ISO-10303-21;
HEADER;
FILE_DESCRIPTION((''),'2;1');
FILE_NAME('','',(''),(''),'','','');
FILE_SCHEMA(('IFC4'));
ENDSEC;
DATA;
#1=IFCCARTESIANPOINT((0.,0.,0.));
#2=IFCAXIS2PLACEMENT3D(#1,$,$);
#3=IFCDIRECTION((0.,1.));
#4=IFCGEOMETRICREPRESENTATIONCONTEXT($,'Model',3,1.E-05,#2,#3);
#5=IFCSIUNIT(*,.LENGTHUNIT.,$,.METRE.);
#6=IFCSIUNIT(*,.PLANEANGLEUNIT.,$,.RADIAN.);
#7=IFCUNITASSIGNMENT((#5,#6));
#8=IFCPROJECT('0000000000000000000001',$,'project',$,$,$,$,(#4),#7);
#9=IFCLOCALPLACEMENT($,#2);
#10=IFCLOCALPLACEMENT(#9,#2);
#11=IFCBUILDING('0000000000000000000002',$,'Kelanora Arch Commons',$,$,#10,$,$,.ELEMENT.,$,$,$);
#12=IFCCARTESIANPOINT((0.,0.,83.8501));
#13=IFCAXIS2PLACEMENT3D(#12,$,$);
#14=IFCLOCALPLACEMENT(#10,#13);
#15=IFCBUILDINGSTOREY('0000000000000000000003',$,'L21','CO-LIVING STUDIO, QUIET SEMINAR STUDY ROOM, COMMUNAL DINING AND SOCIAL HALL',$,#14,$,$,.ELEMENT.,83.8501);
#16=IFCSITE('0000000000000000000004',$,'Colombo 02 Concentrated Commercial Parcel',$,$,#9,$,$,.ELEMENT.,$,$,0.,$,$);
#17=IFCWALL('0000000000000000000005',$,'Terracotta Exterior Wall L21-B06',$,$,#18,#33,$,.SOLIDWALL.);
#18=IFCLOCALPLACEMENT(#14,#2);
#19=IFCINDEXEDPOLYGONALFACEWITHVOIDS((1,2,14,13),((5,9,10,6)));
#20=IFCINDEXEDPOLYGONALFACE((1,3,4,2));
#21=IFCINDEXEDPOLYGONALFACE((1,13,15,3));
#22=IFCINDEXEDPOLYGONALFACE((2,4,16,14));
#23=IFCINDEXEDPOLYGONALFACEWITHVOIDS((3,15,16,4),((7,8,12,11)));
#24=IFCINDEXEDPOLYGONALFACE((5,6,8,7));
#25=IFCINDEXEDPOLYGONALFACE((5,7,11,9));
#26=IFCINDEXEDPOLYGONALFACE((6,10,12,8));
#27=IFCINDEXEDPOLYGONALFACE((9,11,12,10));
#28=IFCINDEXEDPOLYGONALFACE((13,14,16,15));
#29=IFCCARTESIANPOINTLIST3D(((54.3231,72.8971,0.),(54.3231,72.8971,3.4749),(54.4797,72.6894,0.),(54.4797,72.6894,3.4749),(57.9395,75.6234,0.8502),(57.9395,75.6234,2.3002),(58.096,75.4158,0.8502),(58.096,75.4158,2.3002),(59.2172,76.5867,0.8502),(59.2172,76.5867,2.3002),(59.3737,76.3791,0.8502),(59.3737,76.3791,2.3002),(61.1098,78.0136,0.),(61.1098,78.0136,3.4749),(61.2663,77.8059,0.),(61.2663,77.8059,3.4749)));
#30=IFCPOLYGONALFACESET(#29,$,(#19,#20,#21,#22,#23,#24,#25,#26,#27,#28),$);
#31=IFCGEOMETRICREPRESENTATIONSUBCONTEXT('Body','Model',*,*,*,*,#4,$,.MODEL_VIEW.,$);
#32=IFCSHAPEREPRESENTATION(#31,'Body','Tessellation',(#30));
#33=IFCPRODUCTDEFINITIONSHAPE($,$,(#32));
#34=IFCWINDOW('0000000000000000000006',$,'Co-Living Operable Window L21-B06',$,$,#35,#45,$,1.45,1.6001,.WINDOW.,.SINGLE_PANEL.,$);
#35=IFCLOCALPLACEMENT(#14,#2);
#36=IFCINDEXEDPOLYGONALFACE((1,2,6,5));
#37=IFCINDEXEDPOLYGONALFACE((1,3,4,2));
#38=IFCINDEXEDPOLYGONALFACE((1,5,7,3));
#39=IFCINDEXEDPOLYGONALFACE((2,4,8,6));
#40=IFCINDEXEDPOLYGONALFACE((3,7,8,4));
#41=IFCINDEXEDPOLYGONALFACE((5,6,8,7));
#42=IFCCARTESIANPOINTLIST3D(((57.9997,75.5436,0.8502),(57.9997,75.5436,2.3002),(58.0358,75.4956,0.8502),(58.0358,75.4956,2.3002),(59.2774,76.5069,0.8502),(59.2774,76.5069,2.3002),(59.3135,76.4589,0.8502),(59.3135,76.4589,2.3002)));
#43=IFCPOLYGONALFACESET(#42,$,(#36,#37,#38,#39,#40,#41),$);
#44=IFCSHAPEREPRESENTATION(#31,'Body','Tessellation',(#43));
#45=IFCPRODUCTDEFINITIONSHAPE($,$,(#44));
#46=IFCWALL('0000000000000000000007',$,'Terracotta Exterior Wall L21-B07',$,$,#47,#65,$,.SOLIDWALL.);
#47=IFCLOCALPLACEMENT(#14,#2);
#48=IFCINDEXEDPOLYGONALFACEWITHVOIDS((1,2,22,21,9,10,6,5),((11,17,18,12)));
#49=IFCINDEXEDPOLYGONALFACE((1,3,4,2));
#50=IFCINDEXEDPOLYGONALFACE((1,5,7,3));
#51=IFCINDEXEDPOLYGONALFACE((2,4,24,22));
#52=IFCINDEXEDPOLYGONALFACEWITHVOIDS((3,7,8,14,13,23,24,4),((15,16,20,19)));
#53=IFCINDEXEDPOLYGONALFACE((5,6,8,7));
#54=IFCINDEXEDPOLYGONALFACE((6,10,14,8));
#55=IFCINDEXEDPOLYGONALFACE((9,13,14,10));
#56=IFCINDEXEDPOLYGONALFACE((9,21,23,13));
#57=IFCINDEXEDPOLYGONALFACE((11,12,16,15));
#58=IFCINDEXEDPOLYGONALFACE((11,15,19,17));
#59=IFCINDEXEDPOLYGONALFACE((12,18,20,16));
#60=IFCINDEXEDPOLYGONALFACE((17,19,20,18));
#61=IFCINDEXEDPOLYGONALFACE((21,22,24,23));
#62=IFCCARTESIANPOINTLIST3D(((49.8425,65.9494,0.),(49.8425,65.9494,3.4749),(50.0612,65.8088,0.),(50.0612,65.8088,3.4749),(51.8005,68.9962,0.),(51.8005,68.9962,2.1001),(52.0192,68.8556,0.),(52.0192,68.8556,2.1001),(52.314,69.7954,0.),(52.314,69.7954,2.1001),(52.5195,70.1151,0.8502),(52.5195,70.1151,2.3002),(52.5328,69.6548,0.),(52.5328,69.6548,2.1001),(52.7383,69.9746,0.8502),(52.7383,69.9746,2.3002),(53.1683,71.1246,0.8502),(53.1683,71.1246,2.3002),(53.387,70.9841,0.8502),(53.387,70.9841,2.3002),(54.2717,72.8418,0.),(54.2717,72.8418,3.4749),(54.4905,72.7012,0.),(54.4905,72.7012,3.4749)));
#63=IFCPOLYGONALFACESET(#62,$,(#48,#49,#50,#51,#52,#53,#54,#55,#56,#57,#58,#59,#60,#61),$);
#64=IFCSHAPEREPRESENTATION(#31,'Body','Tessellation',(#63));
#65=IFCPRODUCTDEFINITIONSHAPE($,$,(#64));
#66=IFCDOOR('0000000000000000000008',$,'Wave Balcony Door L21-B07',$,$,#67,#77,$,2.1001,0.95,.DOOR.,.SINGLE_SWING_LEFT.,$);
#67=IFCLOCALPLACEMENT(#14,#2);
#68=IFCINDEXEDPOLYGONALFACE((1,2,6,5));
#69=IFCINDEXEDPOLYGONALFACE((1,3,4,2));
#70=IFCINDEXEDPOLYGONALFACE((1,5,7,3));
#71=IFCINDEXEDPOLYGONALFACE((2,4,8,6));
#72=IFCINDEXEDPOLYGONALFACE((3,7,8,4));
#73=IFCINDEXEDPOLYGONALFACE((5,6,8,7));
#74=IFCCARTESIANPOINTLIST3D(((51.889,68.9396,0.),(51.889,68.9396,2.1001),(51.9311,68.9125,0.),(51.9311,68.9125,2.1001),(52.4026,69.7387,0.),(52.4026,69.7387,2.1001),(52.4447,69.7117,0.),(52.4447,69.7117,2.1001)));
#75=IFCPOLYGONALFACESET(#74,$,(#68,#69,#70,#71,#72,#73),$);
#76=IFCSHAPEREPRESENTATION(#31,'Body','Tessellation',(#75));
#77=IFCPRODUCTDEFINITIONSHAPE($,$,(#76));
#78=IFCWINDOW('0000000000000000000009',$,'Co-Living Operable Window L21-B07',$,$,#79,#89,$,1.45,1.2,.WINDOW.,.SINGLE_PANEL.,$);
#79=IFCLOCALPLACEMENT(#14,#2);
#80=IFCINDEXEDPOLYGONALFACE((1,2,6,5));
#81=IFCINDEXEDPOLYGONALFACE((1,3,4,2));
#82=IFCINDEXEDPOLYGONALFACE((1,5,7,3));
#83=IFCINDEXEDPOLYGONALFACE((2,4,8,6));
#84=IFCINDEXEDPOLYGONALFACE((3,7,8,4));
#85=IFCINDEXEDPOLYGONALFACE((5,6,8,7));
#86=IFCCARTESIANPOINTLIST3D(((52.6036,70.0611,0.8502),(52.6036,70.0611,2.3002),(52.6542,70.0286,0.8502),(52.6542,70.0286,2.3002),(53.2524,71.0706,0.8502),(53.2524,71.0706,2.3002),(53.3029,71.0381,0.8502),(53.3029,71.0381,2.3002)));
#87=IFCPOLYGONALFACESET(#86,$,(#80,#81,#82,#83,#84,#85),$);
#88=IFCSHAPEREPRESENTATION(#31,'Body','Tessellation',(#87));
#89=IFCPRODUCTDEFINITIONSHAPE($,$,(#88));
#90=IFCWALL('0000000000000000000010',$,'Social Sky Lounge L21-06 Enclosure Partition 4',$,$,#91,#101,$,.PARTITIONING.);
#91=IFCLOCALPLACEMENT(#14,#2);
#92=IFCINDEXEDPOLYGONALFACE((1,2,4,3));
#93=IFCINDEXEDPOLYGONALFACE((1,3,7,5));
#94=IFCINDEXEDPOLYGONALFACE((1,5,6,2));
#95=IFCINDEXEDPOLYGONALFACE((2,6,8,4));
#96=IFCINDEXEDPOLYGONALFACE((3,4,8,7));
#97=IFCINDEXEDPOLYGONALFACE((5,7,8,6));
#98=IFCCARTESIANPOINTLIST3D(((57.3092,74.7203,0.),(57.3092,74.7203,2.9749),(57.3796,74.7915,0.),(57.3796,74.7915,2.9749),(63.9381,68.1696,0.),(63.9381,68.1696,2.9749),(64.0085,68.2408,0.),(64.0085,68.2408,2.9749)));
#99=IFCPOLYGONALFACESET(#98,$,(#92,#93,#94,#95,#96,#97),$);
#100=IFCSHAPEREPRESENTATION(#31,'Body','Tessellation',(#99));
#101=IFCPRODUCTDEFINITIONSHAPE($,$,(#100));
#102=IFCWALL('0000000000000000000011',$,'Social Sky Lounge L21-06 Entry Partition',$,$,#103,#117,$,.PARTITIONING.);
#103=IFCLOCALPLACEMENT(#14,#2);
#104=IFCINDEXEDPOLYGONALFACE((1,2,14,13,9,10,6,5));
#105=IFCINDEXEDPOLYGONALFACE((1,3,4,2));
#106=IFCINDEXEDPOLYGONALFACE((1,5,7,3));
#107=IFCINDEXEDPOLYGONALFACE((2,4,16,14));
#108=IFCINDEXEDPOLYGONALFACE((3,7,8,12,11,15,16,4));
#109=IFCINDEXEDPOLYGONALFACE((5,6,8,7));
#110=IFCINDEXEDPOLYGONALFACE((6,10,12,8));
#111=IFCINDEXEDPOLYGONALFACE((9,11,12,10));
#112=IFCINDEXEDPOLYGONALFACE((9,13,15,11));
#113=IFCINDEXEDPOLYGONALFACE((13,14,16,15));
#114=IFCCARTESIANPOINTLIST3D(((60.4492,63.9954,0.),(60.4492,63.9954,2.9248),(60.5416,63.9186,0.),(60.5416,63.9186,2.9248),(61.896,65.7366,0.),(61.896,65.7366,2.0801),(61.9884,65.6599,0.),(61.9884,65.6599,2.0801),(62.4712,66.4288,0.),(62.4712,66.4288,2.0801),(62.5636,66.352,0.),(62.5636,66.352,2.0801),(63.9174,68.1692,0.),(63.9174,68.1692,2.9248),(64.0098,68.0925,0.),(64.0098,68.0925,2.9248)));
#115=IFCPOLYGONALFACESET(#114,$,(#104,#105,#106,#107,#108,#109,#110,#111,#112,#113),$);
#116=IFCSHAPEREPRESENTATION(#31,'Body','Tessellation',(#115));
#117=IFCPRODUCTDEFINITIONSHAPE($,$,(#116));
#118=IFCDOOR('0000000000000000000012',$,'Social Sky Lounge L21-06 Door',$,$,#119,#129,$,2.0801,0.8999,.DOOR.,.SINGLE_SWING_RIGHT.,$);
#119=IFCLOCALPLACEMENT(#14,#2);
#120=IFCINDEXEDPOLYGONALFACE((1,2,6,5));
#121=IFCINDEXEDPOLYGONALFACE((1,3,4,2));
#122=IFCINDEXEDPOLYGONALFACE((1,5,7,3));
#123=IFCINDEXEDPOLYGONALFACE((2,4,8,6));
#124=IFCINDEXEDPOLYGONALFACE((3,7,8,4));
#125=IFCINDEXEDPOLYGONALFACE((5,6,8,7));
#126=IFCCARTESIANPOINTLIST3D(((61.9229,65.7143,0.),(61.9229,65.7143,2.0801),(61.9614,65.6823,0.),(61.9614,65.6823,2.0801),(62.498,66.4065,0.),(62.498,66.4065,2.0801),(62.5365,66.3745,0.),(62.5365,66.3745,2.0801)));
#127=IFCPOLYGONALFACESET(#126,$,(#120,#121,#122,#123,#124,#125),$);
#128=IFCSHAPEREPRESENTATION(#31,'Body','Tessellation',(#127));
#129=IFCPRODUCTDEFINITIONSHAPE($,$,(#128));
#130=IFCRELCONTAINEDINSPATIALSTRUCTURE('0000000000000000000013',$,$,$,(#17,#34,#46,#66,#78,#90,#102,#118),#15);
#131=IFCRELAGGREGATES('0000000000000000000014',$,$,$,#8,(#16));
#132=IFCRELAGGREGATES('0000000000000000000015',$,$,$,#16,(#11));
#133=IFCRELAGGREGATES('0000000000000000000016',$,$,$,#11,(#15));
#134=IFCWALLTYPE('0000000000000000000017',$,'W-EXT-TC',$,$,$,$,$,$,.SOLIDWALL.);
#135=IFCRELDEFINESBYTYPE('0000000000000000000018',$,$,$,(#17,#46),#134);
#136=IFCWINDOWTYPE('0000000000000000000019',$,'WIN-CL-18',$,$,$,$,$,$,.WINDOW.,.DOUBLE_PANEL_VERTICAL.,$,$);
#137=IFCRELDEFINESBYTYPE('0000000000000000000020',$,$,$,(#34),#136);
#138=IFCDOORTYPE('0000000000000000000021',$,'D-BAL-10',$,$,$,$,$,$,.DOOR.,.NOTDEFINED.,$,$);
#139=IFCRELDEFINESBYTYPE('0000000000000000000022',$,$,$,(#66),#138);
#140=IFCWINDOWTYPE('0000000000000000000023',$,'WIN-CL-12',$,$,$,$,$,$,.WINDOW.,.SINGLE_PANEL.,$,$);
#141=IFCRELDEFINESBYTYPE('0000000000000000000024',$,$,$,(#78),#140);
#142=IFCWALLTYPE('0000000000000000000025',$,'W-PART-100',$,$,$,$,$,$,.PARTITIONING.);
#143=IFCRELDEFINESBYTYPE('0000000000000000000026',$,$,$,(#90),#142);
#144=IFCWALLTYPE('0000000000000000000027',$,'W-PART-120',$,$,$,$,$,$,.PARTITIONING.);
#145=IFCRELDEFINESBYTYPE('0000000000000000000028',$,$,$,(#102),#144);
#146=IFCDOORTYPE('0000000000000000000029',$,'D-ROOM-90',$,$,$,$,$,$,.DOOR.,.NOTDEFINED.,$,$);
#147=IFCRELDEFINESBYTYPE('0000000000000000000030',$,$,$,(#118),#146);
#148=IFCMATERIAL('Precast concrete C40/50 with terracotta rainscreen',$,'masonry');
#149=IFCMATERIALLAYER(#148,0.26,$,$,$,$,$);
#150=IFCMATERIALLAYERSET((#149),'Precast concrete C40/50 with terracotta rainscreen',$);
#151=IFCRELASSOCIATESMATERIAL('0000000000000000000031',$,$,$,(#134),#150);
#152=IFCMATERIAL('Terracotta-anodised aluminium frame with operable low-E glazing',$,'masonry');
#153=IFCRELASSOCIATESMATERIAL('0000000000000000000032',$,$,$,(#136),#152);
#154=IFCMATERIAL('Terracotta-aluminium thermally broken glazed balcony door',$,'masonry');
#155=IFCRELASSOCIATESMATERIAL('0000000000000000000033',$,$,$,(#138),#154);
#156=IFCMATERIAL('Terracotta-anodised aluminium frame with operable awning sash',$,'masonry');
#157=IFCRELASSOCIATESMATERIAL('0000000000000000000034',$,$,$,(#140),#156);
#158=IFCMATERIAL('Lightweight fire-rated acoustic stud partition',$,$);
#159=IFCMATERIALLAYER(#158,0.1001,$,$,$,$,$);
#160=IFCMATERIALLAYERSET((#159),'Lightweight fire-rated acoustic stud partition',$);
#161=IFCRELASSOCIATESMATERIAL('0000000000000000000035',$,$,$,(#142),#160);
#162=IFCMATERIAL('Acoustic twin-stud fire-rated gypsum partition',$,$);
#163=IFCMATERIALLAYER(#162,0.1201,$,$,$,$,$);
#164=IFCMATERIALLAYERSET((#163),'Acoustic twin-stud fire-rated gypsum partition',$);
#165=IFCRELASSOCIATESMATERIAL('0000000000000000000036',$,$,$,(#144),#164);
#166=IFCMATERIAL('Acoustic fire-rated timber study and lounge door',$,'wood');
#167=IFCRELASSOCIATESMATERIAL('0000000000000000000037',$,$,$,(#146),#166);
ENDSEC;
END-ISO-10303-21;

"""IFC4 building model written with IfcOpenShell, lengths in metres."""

from ifc_helpers import new_model, si_unit, direction, frame, frame_2d, origin, place, context, subcontext, project, spatial, rectangle, extrude, material, layer, layer_set, type_object, element, fill, save


model = new_model("IFC4")

# Units and contexts
model_context = context("Model", 3, precision=1e-05, world=origin(), true_north=direction((0.0, 1.0)))
body_context = subcontext(model_context, "Body", "Model", "MODEL_VIEW")
ifc_project = project(units=[si_unit("LENGTHUNIT", "METRE"), si_unit("PLANEANGLEUNIT", "RADIAN")], contexts=[model_context])

# Site, building, storey
site_placement = place(None, origin())
site = spatial("IfcSite", under=ifc_project, at=site_placement, Name="Colombo 02 Concentrated Commercial Parcel", CompositionType="ELEMENT", RefElevation=0.0)
building_placement = place(site_placement, origin())
building = spatial("IfcBuilding", under=site, at=building_placement, Name="Kelanora Arch Commons", CompositionType="ELEMENT")
storey_placement = place(building_placement, frame((0.0, 0.0, 83.8501)))
storey = spatial("IfcBuildingStorey", under=building, at=storey_placement, Name="L21", Description="CO-LIVING STUDIO, QUIET SEMINAR STUDY ROOM, COMMUNAL DINING AND SOCIAL HALL", CompositionType="ELEMENT", Elevation=83.8501)

# Wall, opening, window
ifc_material_1 = material(Name="Precast concrete C40/50 with terracotta rainscreen", Category="masonry")
ifc_layer_1 = layer(ifc_material_1, 0.26)
ifc_layer_set_1 = layer_set([ifc_layer_1], Name="Precast concrete C40/50 with terracotta rainscreen")
wall_type_1 = type_object("IfcWallType", Name="W-EXT-TC", PredefinedType="SOLIDWALL", material=ifc_layer_set_1)
wall_1_placement = place(storey_placement, frame((61.188, 77.9097, 0.0), z_axis=(0.0, 0.0, 1.0), x_axis=(-0.798502, -0.601993, 0.0)))
wall_1 = element("IfcWall", 1, at=wall_1_placement, inside=storey, type_object=wall_type_1, Name="Terracotta Exterior Wall L21-B06", PredefinedType="SOLIDWALL", context=body_context, shape_type="SweptSolid", body=[
    extrude(rectangle(XDim=8.4993, YDim=0.26, at=frame_2d((4.2495, 0.0))), origin(), (0.0, 0.0, 1.0), 3.4749),
])
opening_1_placement = place(wall_1_placement, frame((2.3701, 0.0, 0.8501)))
opening_1 = element("IfcOpeningElement", 2, at=opening_1_placement, cuts=wall_1, PredefinedType="OPENING", context=body_context, shape_type="SweptSolid", body=[
    extrude(rectangle(XDim=1.6001, YDim=1.45, at=frame_2d((0.8, 0.7251))), frame((0.0, 0.1401, 0.0), z_axis=(0.0, -1.0, 0.0), x_axis=(1.0, 0.0, 0.0)), (0.0, 0.0, 1.0), 0.28),
])
ifc_material_2 = material(Name="Terracotta-anodised aluminium frame with operable low-E glazing", Category="masonry")
window_type_1 = type_object("IfcWindowType", Name="WIN-CL-18", PartitioningType="DOUBLE_PANEL_VERTICAL", PredefinedType="WINDOW", material=ifc_material_2)
window_1_placement = place(opening_1_placement, origin())
window_1 = element("IfcWindow", 3, at=window_1_placement, inside=storey, type_object=window_type_1, Name="Co-Living Operable Window L21-B06", OverallHeight=1.45, OverallWidth=1.6001, PartitioningType="SINGLE_PANEL", PredefinedType="WINDOW", context=body_context, shape_type="SweptSolid", body=[
    extrude(rectangle(XDim=1.6001, YDim=1.45, at=frame_2d((0.8, 0.7251))), frame((0.0, 0.03, 0.0), z_axis=(0.0, -1.0, 0.0), x_axis=(1.0, 0.0, 0.0)), (0.0, 0.0, 1.0), 0.0601),
])
fill(opening_1, window_1)

# Wall, openings, door, window
wall_2_placement = place(storey_placement, frame((54.3811, 72.7715, 0.0), z_axis=(0.0, 0.0, 1.0), x_axis=(-0.540621, -0.841267, 0.0)))
wall_2 = element("IfcWall", 4, at=wall_2_placement, inside=storey, type_object=wall_type_1, Name="Terracotta Exterior Wall L21-B07", PredefinedType="SOLIDWALL", context=body_context, shape_type="SweptSolid", body=[
    extrude(rectangle(XDim=8.1929, YDim=0.26, at=frame_2d((4.0964, 0.0))), origin(), (0.0, 0.0, 1.0), 3.4749),
])
opening_2_placement = place(wall_2_placement, frame((3.6211, 0.0, 0.0)))
opening_2 = element("IfcOpeningElement", 5, at=opening_2_placement, cuts=wall_2, PredefinedType="OPENING", context=body_context, shape_type="SweptSolid", body=[
    extrude(rectangle(XDim=0.95, YDim=2.1001, at=frame_2d((0.4751, 1.05))), frame((0.0, 0.1401, 0.0), z_axis=(0.0, -1.0, 0.0), x_axis=(1.0, 0.0, 0.0)), (0.0, 0.0, 1.0), 0.28),
])
opening_3_placement = place(wall_2_placement, frame((2.041, 0.0, 0.8501)))
opening_3 = element("IfcOpeningElement", 6, at=opening_3_placement, cuts=wall_2, PredefinedType="OPENING", context=body_context, shape_type="SweptSolid", body=[
    extrude(rectangle(XDim=1.2, YDim=1.45, at=frame_2d((0.6001, 0.7251))), frame((0.0, 0.1401, 0.0), z_axis=(0.0, -1.0, 0.0), x_axis=(1.0, 0.0, 0.0)), (0.0, 0.0, 1.0), 0.28),
])
ifc_material_3 = material(Name="Terracotta-aluminium thermally broken glazed balcony door", Category="masonry")
door_type_1 = type_object("IfcDoorType", Name="D-BAL-10", OperationType="NOTDEFINED", PredefinedType="DOOR", material=ifc_material_3)
door_1_placement = place(opening_2_placement, frame((0.95, 0.0, 0.0), z_axis=(0.0, 0.0, 1.0), x_axis=(-1.0, 0.0, 0.0)))
door_1 = element("IfcDoor", 7, at=door_1_placement, inside=storey, type_object=door_type_1, Name="Wave Balcony Door L21-B07", OperationType="SINGLE_SWING_LEFT", OverallHeight=2.1001, OverallWidth=0.95, PredefinedType="DOOR", context=body_context, shape_type="SweptSolid", body=[
    extrude(rectangle(XDim=0.95, YDim=2.1001, at=frame_2d((0.4751, 1.05))), frame((0.0, 0.0249, 0.0), z_axis=(0.0, -1.0, 0.0), x_axis=(1.0, 0.0, 0.0)), (0.0, 0.0, 1.0), 0.05),
])
fill(opening_2, door_1)
ifc_material_4 = material(Name="Terracotta-anodised aluminium frame with operable awning sash", Category="masonry")
window_type_2 = type_object("IfcWindowType", Name="WIN-CL-12", PartitioningType="SINGLE_PANEL", PredefinedType="WINDOW", material=ifc_material_4)
window_2_placement = place(opening_3_placement, origin())
window_2 = element("IfcWindow", 8, at=window_2_placement, inside=storey, type_object=window_type_2, Name="Co-Living Operable Window L21-B07", OverallHeight=1.45, OverallWidth=1.2, PartitioningType="SINGLE_PANEL", PredefinedType="WINDOW", context=body_context, shape_type="SweptSolid", body=[
    extrude(rectangle(XDim=1.2, YDim=1.45, at=frame_2d((0.6001, 0.7251))), frame((0.0, 0.03, 0.0), z_axis=(0.0, -1.0, 0.0), x_axis=(1.0, 0.0, 0.0)), (0.0, 0.0, 1.0), 0.0601),
])
fill(opening_3, window_2)

# Wall
ifc_material_5 = material(Name="Lightweight fire-rated acoustic stud partition")
ifc_layer_2 = layer(ifc_material_5, 0.1001)
ifc_layer_set_2 = layer_set([ifc_layer_2], Name="Lightweight fire-rated acoustic stud partition")
wall_type_2 = type_object("IfcWallType", Name="W-PART-100", PredefinedType="PARTITIONING", material=ifc_layer_set_2)
wall_3_placement = place(storey_placement, frame((57.3445, 74.7559, 0.0), z_axis=(0.0, 0.0, 1.0), x_axis=(0.711286, -0.702903, 0.0)))
element("IfcWall", 9, at=wall_3_placement, inside=storey, type_object=wall_type_2, Name="Social Sky Lounge L21-06 Enclosure Partition 4", PredefinedType="PARTITIONING", context=body_context, shape_type="SweptSolid", body=[
    extrude(rectangle(XDim=9.3196, YDim=0.1001, at=frame_2d((4.6597, 0.0))), origin(), (0.0, 0.0, 1.0), 2.9749),
])

# Wall, opening, door
ifc_material_6 = material(Name="Acoustic twin-stud fire-rated gypsum partition")
ifc_layer_3 = layer(ifc_material_6, 0.1201)
ifc_layer_set_3 = layer_set([ifc_layer_3], Name="Acoustic twin-stud fire-rated gypsum partition")
wall_type_3 = type_object("IfcWallType", Name="W-PART-120", PredefinedType="PARTITIONING", material=ifc_layer_set_3)
wall_4_placement = place(storey_placement, frame((63.9636, 68.1309, 0.0), z_axis=(0.0, 0.0, 1.0), x_axis=(-0.639104, -0.76912, 0.0)))
wall_4 = element("IfcWall", 10, at=wall_4_placement, inside=storey, type_object=wall_type_3, Name="Social Sky Lounge L21-06 Entry Partition", PredefinedType="PARTITIONING", context=body_context, shape_type="SweptSolid", body=[
    extrude(rectangle(XDim=5.4268, YDim=0.1201, at=frame_2d((2.7134, 0.0))), origin(), (0.0, 0.0, 1.0), 2.9248),
])
opening_4_placement = place(wall_4_placement, frame((2.2629, 0.0, 0.0)))
opening_4 = element("IfcOpeningElement", 11, at=opening_4_placement, cuts=wall_4, PredefinedType="OPENING", context=body_context, shape_type="SweptSolid", body=[
    extrude(rectangle(XDim=0.8999, YDim=2.0801, at=frame_2d((0.45, 1.04))), frame((0.0, 0.0701, 0.0), z_axis=(0.0, -1.0, 0.0), x_axis=(1.0, 0.0, 0.0)), (0.0, 0.0, 1.0), 0.1401),
])
ifc_material_7 = material(Name="Acoustic fire-rated timber study and lounge door", Category="wood")
door_type_2 = type_object("IfcDoorType", Name="D-ROOM-90", OperationType="NOTDEFINED", PredefinedType="DOOR", material=ifc_material_7)
door_2_placement = place(opening_4_placement, origin())
door_2 = element("IfcDoor", 12, at=door_2_placement, inside=storey, type_object=door_type_2, Name="Social Sky Lounge L21-06 Door", OperationType="SINGLE_SWING_RIGHT", OverallHeight=2.0801, OverallWidth=0.8999, PredefinedType="DOOR", context=body_context, shape_type="SweptSolid", body=[
    extrude(rectangle(XDim=0.8999, YDim=2.0801, at=frame_2d((0.45, 1.04))), frame((0.0, 0.0249, 0.0), z_axis=(0.0, -1.0, 0.0), x_axis=(1.0, 0.0, 0.0)), (0.0, 0.0, 1.0), 0.05),
])
fill(opening_4, door_2)

save(model, "model.ifc")
